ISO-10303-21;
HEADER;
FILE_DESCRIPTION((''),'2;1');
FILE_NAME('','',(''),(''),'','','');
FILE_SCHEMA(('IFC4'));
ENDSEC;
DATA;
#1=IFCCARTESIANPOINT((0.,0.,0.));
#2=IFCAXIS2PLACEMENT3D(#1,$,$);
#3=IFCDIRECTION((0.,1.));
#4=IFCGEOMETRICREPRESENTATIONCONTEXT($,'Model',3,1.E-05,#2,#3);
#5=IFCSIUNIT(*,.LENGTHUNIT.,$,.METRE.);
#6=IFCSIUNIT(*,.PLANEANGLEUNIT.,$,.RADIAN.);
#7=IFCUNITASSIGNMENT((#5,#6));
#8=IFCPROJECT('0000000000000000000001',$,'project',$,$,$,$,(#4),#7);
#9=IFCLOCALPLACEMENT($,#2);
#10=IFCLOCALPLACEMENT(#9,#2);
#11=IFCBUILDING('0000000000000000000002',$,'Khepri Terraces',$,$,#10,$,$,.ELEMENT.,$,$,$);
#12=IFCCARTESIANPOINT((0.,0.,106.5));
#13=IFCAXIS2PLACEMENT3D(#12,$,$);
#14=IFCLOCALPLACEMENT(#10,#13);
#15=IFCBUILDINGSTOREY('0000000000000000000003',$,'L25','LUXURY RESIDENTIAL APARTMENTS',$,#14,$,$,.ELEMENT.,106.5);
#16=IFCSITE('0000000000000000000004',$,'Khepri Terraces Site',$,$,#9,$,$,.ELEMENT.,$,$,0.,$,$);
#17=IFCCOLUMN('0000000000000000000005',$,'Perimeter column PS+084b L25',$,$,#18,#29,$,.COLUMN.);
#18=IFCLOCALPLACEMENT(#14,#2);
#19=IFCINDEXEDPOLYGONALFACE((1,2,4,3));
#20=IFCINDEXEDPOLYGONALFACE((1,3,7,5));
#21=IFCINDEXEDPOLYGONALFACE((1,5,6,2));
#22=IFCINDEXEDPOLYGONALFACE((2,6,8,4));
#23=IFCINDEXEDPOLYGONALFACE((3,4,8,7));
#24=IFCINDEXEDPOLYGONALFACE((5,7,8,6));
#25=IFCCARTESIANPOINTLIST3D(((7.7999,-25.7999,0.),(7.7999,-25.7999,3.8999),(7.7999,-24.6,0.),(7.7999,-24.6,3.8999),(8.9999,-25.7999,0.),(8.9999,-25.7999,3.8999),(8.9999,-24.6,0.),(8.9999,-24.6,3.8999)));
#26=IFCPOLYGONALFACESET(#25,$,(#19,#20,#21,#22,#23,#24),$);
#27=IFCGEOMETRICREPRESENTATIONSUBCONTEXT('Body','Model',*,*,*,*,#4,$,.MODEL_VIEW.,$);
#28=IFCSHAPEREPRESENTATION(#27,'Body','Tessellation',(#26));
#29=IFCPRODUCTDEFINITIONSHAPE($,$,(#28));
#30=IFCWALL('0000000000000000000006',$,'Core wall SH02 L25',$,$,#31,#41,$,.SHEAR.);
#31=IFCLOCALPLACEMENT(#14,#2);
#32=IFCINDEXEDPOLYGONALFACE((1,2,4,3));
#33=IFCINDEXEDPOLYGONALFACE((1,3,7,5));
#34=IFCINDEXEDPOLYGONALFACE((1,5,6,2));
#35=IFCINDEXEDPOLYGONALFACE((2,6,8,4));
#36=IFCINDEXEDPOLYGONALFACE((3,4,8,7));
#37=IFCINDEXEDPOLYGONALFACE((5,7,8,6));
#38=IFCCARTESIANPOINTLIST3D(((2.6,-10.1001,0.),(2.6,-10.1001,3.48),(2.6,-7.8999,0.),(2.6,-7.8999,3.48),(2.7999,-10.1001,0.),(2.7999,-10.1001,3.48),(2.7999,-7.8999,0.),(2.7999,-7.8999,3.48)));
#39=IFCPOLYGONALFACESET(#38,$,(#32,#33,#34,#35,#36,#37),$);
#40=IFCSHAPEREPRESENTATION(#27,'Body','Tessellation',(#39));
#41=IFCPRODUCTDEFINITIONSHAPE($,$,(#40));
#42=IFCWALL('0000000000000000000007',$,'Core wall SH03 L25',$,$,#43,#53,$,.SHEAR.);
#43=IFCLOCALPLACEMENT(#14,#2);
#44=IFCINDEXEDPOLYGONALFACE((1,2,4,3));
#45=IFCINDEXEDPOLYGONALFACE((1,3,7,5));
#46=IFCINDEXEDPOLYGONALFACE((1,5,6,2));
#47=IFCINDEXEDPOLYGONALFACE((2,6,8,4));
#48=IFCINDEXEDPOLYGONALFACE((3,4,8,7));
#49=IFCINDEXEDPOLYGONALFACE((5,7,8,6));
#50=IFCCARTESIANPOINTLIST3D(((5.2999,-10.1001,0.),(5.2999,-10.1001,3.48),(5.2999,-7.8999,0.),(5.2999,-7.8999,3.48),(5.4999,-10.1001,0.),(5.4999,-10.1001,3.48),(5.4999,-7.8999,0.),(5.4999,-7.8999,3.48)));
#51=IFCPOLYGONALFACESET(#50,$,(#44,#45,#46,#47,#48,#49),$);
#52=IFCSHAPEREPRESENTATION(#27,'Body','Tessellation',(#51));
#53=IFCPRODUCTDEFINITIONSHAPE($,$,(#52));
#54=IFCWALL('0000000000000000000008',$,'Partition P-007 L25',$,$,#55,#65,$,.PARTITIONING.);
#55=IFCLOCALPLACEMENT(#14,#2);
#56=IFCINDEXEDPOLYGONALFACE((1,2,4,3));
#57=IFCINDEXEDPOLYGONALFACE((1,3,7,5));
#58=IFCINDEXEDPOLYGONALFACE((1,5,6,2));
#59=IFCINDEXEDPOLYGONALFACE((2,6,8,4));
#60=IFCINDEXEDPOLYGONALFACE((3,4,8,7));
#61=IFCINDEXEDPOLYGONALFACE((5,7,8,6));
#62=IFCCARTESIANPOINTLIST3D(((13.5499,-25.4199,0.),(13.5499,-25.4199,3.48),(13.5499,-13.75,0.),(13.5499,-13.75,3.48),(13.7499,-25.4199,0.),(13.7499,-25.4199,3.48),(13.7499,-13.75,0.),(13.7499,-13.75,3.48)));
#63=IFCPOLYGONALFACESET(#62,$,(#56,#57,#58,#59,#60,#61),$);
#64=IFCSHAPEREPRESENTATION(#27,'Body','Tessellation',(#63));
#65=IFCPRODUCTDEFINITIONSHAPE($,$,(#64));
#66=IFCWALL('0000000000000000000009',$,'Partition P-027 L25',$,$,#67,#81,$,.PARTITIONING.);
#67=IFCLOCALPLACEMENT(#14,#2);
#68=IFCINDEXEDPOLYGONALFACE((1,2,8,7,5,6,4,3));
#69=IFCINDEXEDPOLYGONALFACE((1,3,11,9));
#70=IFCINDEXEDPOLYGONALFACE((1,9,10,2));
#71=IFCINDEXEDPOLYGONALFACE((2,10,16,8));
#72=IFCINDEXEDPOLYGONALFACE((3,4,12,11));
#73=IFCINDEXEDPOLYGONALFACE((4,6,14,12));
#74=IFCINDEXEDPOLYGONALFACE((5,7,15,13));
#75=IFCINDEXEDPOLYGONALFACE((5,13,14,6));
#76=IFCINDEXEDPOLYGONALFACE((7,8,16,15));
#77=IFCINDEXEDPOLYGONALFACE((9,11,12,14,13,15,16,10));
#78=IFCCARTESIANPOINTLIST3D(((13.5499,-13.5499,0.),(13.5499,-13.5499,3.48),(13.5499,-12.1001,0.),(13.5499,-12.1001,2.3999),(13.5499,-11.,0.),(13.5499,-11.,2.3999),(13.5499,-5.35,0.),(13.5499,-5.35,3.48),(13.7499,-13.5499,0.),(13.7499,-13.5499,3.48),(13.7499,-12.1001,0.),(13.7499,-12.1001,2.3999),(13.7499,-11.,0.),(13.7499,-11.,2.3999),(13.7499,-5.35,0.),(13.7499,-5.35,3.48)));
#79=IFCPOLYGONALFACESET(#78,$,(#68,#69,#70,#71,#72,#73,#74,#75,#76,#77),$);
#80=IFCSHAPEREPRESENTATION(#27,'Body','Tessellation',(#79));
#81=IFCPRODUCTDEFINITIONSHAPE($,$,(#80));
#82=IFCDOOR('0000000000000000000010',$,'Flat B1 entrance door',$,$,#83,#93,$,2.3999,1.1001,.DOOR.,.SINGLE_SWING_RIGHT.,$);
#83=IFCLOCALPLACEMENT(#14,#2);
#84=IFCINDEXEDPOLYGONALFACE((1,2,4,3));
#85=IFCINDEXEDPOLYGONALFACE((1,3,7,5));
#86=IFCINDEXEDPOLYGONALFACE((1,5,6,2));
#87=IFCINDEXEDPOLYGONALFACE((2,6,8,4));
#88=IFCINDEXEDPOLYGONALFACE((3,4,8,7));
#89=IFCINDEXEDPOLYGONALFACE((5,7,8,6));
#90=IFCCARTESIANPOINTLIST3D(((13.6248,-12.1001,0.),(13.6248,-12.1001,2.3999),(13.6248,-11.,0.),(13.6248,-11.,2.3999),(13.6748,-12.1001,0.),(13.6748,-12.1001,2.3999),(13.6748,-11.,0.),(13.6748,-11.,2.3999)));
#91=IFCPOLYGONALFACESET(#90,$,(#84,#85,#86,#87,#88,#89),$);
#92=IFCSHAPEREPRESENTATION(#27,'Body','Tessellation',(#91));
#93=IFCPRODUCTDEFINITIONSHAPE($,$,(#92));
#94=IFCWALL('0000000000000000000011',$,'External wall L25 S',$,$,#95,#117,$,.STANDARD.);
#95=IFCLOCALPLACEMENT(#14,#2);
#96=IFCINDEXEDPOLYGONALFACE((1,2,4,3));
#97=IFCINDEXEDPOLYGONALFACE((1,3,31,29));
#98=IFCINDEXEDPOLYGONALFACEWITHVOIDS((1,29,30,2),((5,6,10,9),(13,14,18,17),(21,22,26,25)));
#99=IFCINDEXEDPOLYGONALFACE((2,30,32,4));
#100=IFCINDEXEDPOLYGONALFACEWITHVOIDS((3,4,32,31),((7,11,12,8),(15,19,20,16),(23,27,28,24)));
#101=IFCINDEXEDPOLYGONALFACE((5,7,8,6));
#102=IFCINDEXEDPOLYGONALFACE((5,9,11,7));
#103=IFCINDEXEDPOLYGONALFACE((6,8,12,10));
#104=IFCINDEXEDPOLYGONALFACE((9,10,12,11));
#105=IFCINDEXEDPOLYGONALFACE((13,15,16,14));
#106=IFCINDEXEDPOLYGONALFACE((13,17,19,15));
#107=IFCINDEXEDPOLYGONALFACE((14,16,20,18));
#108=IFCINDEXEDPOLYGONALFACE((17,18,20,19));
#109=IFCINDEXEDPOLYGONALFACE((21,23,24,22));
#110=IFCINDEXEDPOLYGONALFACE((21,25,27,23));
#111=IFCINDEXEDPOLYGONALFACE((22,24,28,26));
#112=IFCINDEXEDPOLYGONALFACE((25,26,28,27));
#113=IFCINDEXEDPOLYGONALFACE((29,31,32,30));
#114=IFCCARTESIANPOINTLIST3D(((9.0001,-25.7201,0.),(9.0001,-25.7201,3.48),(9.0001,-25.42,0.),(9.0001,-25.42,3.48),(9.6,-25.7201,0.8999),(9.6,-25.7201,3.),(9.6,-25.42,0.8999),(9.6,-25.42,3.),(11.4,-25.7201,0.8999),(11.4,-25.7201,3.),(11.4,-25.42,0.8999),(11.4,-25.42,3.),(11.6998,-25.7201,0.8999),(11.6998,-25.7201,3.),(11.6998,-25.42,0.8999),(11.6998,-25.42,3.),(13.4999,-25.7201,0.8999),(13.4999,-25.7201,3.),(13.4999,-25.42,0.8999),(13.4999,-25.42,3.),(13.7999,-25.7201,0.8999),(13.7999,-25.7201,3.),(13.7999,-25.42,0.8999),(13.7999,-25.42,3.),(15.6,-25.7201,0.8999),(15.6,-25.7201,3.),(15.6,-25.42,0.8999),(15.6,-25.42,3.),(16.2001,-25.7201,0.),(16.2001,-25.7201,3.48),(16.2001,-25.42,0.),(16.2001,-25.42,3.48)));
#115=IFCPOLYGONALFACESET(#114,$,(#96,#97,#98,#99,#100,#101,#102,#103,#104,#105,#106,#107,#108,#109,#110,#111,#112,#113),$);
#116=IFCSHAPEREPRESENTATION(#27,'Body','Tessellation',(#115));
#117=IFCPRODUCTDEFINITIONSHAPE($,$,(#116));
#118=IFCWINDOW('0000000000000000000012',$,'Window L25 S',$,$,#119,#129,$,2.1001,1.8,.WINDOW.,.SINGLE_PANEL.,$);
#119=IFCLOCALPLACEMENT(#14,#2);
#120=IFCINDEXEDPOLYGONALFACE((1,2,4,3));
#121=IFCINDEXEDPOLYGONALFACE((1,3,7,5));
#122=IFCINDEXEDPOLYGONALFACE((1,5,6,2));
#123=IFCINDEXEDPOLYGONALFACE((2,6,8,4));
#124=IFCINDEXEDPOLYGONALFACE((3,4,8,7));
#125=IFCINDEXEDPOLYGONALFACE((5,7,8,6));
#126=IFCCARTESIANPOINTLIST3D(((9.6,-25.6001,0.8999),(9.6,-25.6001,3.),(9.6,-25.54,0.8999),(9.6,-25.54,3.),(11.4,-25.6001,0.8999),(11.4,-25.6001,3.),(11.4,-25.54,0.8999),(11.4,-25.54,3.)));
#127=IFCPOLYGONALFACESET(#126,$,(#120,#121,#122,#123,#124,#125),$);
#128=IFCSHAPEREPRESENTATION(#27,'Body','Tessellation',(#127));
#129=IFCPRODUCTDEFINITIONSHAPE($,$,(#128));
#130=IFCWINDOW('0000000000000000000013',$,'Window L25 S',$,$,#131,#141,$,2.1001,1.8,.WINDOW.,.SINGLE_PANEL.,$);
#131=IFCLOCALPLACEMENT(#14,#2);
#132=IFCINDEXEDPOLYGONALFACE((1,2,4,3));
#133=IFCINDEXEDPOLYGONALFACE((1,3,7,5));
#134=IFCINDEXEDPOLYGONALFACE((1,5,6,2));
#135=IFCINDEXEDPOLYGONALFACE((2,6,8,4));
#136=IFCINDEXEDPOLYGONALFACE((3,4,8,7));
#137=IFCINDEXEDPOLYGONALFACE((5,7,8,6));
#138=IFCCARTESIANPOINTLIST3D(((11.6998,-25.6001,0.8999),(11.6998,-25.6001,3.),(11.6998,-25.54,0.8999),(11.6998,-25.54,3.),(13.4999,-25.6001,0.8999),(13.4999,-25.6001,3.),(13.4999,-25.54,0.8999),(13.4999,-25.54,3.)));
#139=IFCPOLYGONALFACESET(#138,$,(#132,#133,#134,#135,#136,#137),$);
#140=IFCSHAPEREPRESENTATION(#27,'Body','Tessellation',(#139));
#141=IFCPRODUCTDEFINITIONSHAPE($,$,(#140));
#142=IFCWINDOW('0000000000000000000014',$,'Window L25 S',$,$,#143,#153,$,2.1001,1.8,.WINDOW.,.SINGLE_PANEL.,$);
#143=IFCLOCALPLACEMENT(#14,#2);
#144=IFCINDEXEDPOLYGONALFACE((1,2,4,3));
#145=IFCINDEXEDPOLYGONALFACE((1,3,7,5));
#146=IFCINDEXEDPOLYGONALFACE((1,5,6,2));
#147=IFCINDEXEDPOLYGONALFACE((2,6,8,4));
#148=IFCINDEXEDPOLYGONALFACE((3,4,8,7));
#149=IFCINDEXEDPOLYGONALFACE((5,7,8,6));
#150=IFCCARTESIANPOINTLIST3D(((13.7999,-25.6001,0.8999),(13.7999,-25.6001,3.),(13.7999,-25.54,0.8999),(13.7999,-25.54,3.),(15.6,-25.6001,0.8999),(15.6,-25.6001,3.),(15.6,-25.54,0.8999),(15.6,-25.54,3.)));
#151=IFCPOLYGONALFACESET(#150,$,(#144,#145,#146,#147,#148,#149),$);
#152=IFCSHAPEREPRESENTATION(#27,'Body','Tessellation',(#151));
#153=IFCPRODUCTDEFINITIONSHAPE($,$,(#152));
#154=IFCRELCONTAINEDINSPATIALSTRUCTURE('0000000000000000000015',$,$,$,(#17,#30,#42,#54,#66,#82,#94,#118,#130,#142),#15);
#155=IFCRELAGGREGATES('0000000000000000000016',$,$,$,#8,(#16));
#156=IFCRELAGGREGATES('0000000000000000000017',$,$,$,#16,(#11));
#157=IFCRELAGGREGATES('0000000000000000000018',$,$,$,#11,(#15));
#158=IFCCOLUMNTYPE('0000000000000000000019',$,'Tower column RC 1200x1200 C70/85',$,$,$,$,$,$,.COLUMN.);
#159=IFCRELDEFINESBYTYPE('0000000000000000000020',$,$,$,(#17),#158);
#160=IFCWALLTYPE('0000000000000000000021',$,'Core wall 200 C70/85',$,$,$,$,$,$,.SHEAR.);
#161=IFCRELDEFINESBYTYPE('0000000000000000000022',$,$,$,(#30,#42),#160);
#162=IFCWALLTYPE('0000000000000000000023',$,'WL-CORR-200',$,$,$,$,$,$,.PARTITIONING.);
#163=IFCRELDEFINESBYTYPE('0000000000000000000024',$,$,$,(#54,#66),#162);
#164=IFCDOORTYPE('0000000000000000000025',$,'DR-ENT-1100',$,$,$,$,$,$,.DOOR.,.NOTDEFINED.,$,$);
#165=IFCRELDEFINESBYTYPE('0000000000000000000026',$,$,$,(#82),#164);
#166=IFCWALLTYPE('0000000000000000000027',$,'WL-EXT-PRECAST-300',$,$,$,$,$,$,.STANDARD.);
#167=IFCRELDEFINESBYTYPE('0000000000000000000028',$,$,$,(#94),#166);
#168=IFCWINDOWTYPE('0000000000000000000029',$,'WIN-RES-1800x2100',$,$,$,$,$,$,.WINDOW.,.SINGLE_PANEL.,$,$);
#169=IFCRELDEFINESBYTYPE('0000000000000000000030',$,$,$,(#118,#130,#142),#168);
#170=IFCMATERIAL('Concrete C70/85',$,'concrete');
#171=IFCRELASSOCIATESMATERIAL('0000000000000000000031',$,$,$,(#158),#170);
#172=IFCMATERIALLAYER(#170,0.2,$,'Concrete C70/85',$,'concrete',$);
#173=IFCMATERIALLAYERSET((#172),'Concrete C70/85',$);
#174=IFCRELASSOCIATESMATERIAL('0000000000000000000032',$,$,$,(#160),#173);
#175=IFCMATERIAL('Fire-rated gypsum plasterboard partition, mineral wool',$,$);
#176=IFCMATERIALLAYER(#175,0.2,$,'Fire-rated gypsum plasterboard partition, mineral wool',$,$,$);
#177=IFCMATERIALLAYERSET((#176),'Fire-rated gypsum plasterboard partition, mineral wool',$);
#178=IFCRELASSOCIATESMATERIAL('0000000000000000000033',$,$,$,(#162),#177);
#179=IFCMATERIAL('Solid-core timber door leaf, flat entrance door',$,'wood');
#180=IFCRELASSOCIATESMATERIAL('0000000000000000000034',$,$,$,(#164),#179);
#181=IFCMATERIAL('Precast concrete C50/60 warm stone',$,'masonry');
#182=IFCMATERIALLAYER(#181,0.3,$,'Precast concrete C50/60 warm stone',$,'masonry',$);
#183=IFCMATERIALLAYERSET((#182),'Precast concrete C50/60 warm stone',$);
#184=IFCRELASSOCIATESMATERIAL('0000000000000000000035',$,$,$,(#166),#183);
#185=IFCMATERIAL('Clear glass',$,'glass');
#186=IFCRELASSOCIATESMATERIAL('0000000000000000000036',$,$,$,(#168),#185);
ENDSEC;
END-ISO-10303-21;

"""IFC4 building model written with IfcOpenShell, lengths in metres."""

from ifc_helpers import new_model, si_unit, direction, frame, frame_2d, origin, origin_2d, place, context, subcontext, project, spatial, rectangle, extrude, material, layer, layer_set, material_profile, profile_set, type_object, element, fill, save


model = new_model("IFC4")

# Units and contexts
model_context = context("Model", 3, precision=1e-05, world=origin(), true_north=direction((0.0, 1.0)))
body_context = subcontext(model_context, "Body", "Model", "MODEL_VIEW")
ifc_project = project(units=[si_unit("LENGTHUNIT", "METRE"), si_unit("PLANEANGLEUNIT", "RADIAN")], contexts=[model_context])

# Site, building, storey
site_placement = place(None, origin())
site = spatial("IfcSite", under=ifc_project, at=site_placement, Name="Khepri Terraces Site", CompositionType="ELEMENT", RefElevation=0.0)
building_placement = place(site_placement, origin())
building = spatial("IfcBuilding", under=site, at=building_placement, Name="Khepri Terraces", CompositionType="ELEMENT")
storey_placement = place(building_placement, frame((0.0, 0.0, 106.5)))
storey = spatial("IfcBuildingStorey", under=building, at=storey_placement, Name="L25", Description="LUXURY RESIDENTIAL APARTMENTS", CompositionType="ELEMENT", Elevation=106.5)

# Column
ifc_material_1 = material(Name="Concrete C70/85", Category="concrete")
ifc_material_profile = material_profile(ifc_material_1, rectangle(XDim=1.2, YDim=1.2, at=origin_2d()), Name="Concrete C70/85", Category="concrete")
ifc_profile_set = profile_set([ifc_material_profile], Name="Concrete C70/85")
column_type = type_object("IfcColumnType", Name="Tower column RC 1200x1200 C70/85", PredefinedType="COLUMN", material=ifc_profile_set)
column_placement = place(storey_placement, frame((8.3999, -25.2, 0.0), z_axis=(0.0, 0.0, 1.0), x_axis=(1.0, 0.0, 0.0)))
element("IfcColumn", 1, at=column_placement, inside=storey, type_object=column_type, Name="Perimeter column PS+084b L25", PredefinedType="COLUMN", context=body_context, shape_type="SweptSolid", body=[
    extrude(rectangle(XDim=1.2, YDim=1.2, at=origin_2d()), origin(), (0.0, 0.0, 1.0), 3.8999),
])

# Walls
ifc_layer_1 = layer(ifc_material_1, 0.2, Name="Concrete C70/85", Category="concrete")
ifc_layer_set_1 = layer_set([ifc_layer_1], Name="Concrete C70/85")
wall_type_1 = type_object("IfcWallType", Name="Core wall 200 C70/85", PredefinedType="SHEAR", material=ifc_layer_set_1)
for number, where, z_axis, x_axis, name in (
    (2, (2.7, -10.1001, 0.0), (0.0, 0.0, 1.0), (0.0, 1.0, 0.0), "Core wall SH02 L25"),
    (3, (5.3999, -10.1001, 0.0), (0.0, 0.0, 1.0), (0.0, 1.0, 0.0), "Core wall SH03 L25"),
):
    element("IfcWall", number, at=place(storey_placement, frame(where, z_axis=z_axis, x_axis=x_axis)), inside=storey, type_object=wall_type_1, Name=name, PredefinedType="SHEAR", context=body_context, shape_type="SweptSolid", body=[
        extrude(rectangle(XDim=2.2002, YDim=0.2, at=frame_2d((1.1001, 0.0))), origin(), (0.0, 0.0, 1.0), 3.48),
    ])
ifc_material_2 = material(Name="Fire-rated gypsum plasterboard partition, mineral wool")
ifc_layer_2 = layer(ifc_material_2, 0.2, Name="Fire-rated gypsum plasterboard partition, mineral wool")
ifc_layer_set_2 = layer_set([ifc_layer_2], Name="Fire-rated gypsum plasterboard partition, mineral wool")
wall_type_2 = type_object("IfcWallType", Name="WL-CORR-200", PredefinedType="PARTITIONING", material=ifc_layer_set_2)
wall_1_placement = place(storey_placement, frame((13.6499, -25.4199, 0.0), z_axis=(0.0, 0.0, 1.0), x_axis=(0.0, 1.0, 0.0)))
element("IfcWall", 4, at=wall_1_placement, inside=storey, type_object=wall_type_2, Name="Partition P-007 L25", PredefinedType="PARTITIONING", context=body_context, shape_type="SweptSolid", body=[
    extrude(rectangle(XDim=11.6699, YDim=0.2, at=frame_2d((5.835, 0.0))), origin(), (0.0, 0.0, 1.0), 3.48),
])

# Wall, opening, door
wall_2_placement = place(storey_placement, frame((13.6499, -13.55, 0.0), z_axis=(0.0, 0.0, 1.0), x_axis=(0.0, 1.0, 0.0)))
wall_2 = element("IfcWall", 5, at=wall_2_placement, inside=storey, type_object=wall_type_2, Name="Partition P-027 L25", PredefinedType="PARTITIONING", context=body_context, shape_type="SweptSolid", body=[
    extrude(rectangle(XDim=8.2, YDim=0.2, at=frame_2d((4.1001, 0.0))), origin(), (0.0, 0.0, 1.0), 3.48),
])
opening_1_placement = place(wall_2_placement, frame((1.45, 0.0, 0.0)))
opening_1 = element("IfcOpeningElement", 6, at=opening_1_placement, cuts=wall_2, PredefinedType="OPENING", context=body_context, shape_type="SweptSolid", body=[
    extrude(rectangle(XDim=1.1001, YDim=2.3999, at=frame_2d((0.55, 1.2))), frame((0.0, 0.1099, 0.0), z_axis=(0.0, -1.0, 0.0), x_axis=(1.0, 0.0, 0.0)), (0.0, 0.0, 1.0), 0.22),
])
ifc_material_3 = material(Name="Solid-core timber door leaf, flat entrance door", Category="wood")
door_type_1 = type_object("IfcDoorType", Name="DR-ENT-1100", OperationType="NOTDEFINED", PredefinedType="DOOR", material=ifc_material_3)
door_1_placement = place(opening_1_placement, frame((1.1001, 0.0, 0.0), z_axis=(0.0, 0.0, 1.0), x_axis=(-1.0, 0.0, 0.0)))
door_1 = element("IfcDoor", 7, at=door_1_placement, inside=storey, type_object=door_type_1, Name="Flat B1 entrance door", OperationType="SINGLE_SWING_RIGHT", OverallHeight=2.3999, OverallWidth=1.1001, PredefinedType="DOOR", context=body_context, shape_type="SweptSolid", body=[
    extrude(rectangle(XDim=1.1001, YDim=2.3999, at=frame_2d((0.55, 1.2))), frame((0.0, 0.0249, 0.0), z_axis=(0.0, -1.0, 0.0), x_axis=(1.0, 0.0, 0.0)), (0.0, 0.0, 1.0), 0.05),
])
fill(opening_1, door_1)

# Shared definitions
ifc_material_4 = material(Name="Precast concrete C50/60 warm stone", Category="masonry")
ifc_layer_3 = layer(ifc_material_4, 0.3, Name="Precast concrete C50/60 warm stone", Category="masonry")
ifc_layer_set_3 = layer_set([ifc_layer_3], Name="Precast concrete C50/60 warm stone")
wall_type_3 = type_object("IfcWallType", Name="WL-EXT-PRECAST-300", PredefinedType="STANDARD", material=ifc_layer_set_3)
ifc_material_5 = material(Name="Clear glass", Category="glass")
window_type = type_object("IfcWindowType", Name="WIN-RES-1800x2100", PartitioningType="SINGLE_PANEL", PredefinedType="WINDOW", material=ifc_material_5)

# Wall, openings, windows
wall_3_placement = place(storey_placement, frame((9.0, -25.5701, 0.0), z_axis=(0.0, 0.0, 1.0), x_axis=(1.0, 0.0, 0.0)))
wall_3 = element("IfcWall", 8, at=wall_3_placement, inside=storey, type_object=wall_type_3, Name="External wall L25 S", PredefinedType="STANDARD", context=body_context, shape_type="SweptSolid", body=[
    extrude(rectangle(XDim=7.2, YDim=0.3, at=frame_2d((3.6001, 0.0))), origin(), (0.0, 0.0, 1.0), 3.48),
])
opening_2_placement = place(wall_3_placement, frame((0.6001, 0.0, 0.8999)))
opening_2 = element("IfcOpeningElement", 9, at=opening_2_placement, cuts=wall_3, PredefinedType="OPENING", context=body_context, shape_type="SweptSolid", body=[
    extrude(rectangle(XDim=1.8, YDim=2.1001, at=frame_2d((0.8999, 1.05))), frame((0.0, 0.1602, 0.0), z_axis=(0.0, -1.0, 0.0), x_axis=(1.0, 0.0, 0.0)), (0.0, 0.0, 1.0), 0.3201),
])
opening_3_placement = place(wall_3_placement, frame((2.7, 0.0, 0.8999)))
opening_3 = element("IfcOpeningElement", 10, at=opening_3_placement, cuts=wall_3, PredefinedType="OPENING", context=body_context, shape_type="SweptSolid", body=[
    extrude(rectangle(XDim=1.8, YDim=2.1001, at=frame_2d((0.8999, 1.05))), frame((0.0, 0.1602, 0.0), z_axis=(0.0, -1.0, 0.0), x_axis=(1.0, 0.0, 0.0)), (0.0, 0.0, 1.0), 0.3201),
])
opening_4_placement = place(wall_3_placement, frame((4.8, 0.0, 0.8999)))
opening_4 = element("IfcOpeningElement", 11, at=opening_4_placement, cuts=wall_3, PredefinedType="OPENING", context=body_context, shape_type="SweptSolid", body=[
    extrude(rectangle(XDim=1.8, YDim=2.1001, at=frame_2d((0.8999, 1.05))), frame((0.0, 0.1602, 0.0), z_axis=(0.0, -1.0, 0.0), x_axis=(1.0, 0.0, 0.0)), (0.0, 0.0, 1.0), 0.3201),
])
window_1_placement = place(opening_2_placement, origin())
window_1 = element("IfcWindow", 12, at=window_1_placement, inside=storey, type_object=window_type, Name="Window L25 S", OverallHeight=2.1001, OverallWidth=1.8, PartitioningType="SINGLE_PANEL", PredefinedType="WINDOW", context=body_context, shape_type="SweptSolid", body=[
    extrude(rectangle(XDim=1.8, YDim=2.1001, at=frame_2d((0.8999, 1.05))), frame((0.0, 0.03, 0.0), z_axis=(0.0, -1.0, 0.0), x_axis=(1.0, 0.0, 0.0)), (0.0, 0.0, 1.0), 0.0601),
])
fill(opening_2, window_1)
window_2_placement = place(opening_3_placement, origin())
window_2 = element("IfcWindow", 13, at=window_2_placement, inside=storey, type_object=window_type, Name="Window L25 S", OverallHeight=2.1001, OverallWidth=1.8, PartitioningType="SINGLE_PANEL", PredefinedType="WINDOW", context=body_context, shape_type="SweptSolid", body=[
    extrude(rectangle(XDim=1.8, YDim=2.1001, at=frame_2d((0.8999, 1.05))), frame((0.0, 0.03, 0.0), z_axis=(0.0, -1.0, 0.0), x_axis=(1.0, 0.0, 0.0)), (0.0, 0.0, 1.0), 0.0601),
])
fill(opening_3, window_2)
window_3_placement = place(opening_4_placement, origin())
window_3 = element("IfcWindow", 14, at=window_3_placement, inside=storey, type_object=window_type, Name="Window L25 S", OverallHeight=2.1001, OverallWidth=1.8, PartitioningType="SINGLE_PANEL", PredefinedType="WINDOW", context=body_context, shape_type="SweptSolid", body=[
    extrude(rectangle(XDim=1.8, YDim=2.1001, at=frame_2d((0.8999, 1.05))), frame((0.0, 0.03, 0.0), z_axis=(0.0, -1.0, 0.0), x_axis=(1.0, 0.0, 0.0)), (0.0, 0.0, 1.0), 0.0601),
])
fill(opening_4, window_3)

save(model, "model.ifc")
